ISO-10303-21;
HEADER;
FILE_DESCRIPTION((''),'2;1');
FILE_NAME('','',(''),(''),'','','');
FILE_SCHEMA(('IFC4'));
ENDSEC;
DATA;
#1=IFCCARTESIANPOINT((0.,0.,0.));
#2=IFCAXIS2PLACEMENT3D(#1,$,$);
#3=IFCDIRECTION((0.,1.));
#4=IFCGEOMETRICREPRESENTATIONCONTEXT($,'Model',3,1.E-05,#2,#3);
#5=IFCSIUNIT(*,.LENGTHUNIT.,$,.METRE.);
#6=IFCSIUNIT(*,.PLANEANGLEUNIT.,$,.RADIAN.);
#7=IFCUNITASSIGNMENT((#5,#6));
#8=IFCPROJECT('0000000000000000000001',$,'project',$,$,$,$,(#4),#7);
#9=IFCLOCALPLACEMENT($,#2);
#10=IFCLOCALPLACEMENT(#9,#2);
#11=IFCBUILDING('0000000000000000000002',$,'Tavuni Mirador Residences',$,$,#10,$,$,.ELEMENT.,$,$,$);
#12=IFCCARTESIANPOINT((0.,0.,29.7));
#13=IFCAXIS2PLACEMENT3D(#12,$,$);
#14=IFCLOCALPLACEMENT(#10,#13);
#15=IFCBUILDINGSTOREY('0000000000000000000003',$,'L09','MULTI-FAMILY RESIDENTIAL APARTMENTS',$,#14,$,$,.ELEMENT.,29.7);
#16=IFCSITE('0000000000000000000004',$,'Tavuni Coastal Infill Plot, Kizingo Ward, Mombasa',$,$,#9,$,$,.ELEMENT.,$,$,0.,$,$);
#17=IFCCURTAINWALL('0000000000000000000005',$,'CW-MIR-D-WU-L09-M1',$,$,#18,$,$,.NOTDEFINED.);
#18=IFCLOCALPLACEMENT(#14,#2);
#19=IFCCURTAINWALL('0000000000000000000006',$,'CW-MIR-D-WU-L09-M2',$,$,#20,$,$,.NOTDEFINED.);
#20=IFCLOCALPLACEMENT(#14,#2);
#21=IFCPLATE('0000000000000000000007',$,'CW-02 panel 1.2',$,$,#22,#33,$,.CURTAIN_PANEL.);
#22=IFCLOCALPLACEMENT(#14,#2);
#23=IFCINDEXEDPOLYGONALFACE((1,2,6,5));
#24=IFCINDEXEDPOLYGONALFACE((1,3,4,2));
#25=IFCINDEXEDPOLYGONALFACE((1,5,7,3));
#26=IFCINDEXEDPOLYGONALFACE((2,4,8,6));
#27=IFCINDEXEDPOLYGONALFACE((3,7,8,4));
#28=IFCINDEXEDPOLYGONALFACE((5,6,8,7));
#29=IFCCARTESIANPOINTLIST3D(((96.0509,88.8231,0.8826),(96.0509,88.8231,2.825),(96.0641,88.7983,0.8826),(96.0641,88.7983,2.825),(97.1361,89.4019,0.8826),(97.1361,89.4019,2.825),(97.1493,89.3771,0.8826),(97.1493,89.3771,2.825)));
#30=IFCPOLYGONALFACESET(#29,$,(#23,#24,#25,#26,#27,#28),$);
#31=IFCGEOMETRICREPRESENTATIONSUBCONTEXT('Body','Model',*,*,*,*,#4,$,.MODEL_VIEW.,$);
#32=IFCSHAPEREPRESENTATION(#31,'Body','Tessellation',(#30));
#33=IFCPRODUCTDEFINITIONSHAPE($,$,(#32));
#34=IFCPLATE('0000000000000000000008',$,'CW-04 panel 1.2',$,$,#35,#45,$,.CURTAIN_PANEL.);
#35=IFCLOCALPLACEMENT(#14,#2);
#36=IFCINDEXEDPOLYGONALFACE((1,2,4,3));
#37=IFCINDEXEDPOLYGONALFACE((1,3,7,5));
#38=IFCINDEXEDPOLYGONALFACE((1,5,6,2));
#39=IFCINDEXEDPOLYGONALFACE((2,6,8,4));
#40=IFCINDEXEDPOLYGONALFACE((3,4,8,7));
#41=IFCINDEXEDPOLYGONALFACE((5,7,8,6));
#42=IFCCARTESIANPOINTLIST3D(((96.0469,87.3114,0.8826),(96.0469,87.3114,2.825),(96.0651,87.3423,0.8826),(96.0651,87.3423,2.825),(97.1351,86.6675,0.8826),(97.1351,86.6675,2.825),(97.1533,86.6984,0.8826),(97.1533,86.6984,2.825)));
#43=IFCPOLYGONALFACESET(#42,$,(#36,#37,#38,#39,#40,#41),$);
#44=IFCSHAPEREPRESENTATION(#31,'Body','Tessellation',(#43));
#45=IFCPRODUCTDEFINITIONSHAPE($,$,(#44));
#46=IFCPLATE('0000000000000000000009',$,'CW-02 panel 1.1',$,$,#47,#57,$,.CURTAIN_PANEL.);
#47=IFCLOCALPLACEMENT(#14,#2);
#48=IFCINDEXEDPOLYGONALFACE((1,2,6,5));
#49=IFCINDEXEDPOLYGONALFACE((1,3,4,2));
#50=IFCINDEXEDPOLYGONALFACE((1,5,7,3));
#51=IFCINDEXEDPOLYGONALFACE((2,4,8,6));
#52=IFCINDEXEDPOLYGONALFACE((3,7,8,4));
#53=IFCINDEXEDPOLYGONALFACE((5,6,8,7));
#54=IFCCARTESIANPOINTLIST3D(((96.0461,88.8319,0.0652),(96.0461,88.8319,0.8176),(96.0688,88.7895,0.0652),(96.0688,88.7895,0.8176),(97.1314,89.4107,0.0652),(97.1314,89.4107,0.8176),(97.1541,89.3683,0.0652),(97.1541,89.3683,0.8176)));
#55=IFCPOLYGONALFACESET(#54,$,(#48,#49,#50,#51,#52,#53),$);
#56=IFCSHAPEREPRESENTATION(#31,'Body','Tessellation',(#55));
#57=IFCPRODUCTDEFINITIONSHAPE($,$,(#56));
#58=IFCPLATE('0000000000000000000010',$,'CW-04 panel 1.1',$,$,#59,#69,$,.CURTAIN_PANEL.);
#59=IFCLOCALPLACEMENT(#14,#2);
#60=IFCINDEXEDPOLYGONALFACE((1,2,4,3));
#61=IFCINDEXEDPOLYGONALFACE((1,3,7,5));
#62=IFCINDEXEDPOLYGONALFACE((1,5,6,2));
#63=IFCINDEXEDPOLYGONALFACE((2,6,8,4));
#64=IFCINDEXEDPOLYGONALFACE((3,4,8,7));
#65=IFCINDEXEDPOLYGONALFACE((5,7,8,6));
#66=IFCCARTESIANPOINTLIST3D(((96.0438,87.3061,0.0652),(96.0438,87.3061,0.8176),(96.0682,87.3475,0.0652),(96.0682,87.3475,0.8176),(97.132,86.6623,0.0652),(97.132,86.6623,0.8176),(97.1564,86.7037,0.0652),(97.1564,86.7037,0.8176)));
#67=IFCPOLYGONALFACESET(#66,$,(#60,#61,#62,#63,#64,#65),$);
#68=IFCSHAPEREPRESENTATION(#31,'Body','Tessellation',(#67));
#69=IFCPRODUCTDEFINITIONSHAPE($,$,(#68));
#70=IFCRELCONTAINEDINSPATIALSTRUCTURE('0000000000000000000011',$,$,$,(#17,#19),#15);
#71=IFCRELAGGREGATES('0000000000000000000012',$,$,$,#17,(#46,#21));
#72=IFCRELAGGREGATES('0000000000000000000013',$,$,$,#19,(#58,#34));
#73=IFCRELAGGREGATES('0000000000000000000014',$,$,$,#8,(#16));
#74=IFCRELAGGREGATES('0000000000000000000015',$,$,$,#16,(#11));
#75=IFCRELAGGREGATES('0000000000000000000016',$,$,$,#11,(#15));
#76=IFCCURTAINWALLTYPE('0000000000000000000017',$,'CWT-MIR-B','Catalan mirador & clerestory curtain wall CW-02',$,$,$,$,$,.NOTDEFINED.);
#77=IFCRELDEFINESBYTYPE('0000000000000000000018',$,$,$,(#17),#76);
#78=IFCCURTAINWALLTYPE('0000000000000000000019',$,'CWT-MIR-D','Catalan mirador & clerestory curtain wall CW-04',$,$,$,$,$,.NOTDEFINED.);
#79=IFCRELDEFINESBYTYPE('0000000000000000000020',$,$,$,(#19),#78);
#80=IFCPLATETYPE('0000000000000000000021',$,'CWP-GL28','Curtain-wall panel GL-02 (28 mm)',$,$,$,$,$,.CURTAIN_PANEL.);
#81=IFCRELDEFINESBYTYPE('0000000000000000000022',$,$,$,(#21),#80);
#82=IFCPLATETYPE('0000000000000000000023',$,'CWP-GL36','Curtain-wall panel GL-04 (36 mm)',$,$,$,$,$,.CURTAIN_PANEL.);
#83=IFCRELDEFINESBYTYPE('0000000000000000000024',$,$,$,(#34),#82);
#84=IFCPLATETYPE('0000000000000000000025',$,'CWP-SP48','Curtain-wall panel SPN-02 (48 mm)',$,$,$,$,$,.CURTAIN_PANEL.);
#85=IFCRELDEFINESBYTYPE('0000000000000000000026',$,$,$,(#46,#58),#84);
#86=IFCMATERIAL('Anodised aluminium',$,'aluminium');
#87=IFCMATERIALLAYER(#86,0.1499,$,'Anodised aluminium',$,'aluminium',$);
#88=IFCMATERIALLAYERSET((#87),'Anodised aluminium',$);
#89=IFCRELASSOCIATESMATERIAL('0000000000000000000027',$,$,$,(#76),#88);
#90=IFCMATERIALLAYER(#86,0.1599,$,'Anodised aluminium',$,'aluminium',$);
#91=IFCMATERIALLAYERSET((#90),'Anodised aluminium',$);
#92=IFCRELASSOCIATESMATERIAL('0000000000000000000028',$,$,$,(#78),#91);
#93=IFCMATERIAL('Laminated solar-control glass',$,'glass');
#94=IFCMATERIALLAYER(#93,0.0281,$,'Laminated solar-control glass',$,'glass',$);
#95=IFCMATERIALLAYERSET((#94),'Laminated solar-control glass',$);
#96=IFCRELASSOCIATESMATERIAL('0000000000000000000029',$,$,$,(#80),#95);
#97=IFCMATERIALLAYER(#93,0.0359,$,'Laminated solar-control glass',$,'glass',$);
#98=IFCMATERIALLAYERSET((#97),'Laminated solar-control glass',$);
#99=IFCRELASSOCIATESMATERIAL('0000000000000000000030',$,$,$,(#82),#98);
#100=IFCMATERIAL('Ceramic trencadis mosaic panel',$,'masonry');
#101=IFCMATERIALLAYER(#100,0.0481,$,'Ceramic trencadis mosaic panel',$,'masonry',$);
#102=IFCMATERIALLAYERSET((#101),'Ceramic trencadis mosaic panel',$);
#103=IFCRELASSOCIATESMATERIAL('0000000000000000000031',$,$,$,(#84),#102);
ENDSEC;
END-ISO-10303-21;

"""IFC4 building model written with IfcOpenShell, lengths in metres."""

from ifc_helpers import new_model, si_unit, direction, frame, origin, origin_2d, place, context, subcontext, project, spatial, rectangle, extrude, material, layer, layer_set, type_object, element, aggregate, save


model = new_model("IFC4")

# Units and contexts
model_context = context("Model", 3, precision=1e-05, world=origin(), true_north=direction((0.0, 1.0)))
body_context = subcontext(model_context, "Body", "Model", "MODEL_VIEW")
ifc_project = project(units=[si_unit("LENGTHUNIT", "METRE"), si_unit("PLANEANGLEUNIT", "RADIAN")], contexts=[model_context])

# Site, building, storey
site_placement = place(None, origin())
site = spatial("IfcSite", under=ifc_project, at=site_placement, Name="Tavuni Coastal Infill Plot, Kizingo Ward, Mombasa", CompositionType="ELEMENT", RefElevation=0.0)
building_placement = place(site_placement, origin())
building = spatial("IfcBuilding", under=site, at=building_placement, Name="Tavuni Mirador Residences", CompositionType="ELEMENT")
storey_placement = place(building_placement, frame((0.0, 0.0, 29.7)))
storey = spatial("IfcBuildingStorey", under=building, at=storey_placement, Name="L09", Description="MULTI-FAMILY RESIDENTIAL APARTMENTS", CompositionType="ELEMENT", Elevation=29.7)

# Shared definitions
ifc_material_1 = material(Name="Anodised aluminium", Category="aluminium")

# Curtain wall
ifc_layer_1 = layer(ifc_material_1, 0.1499, Name="Anodised aluminium", Category="aluminium")
ifc_layer_set_1 = layer_set([ifc_layer_1], Name="Anodised aluminium")
curtain_wall_type_1 = type_object("IfcCurtainWallType", Name="CWT-MIR-B", Description="Catalan mirador & clerestory curtain wall CW-02", PredefinedType="NOTDEFINED", material=ifc_layer_set_1)
curtain_wall_1_placement = place(storey_placement, origin())
curtain_wall_1 = element("IfcCurtainWall", 1, at=curtain_wall_1_placement, inside=storey, type_object=curtain_wall_type_1, Name="CW-MIR-D-WU-L09-M1", PredefinedType="NOTDEFINED")

# Curtain wall
ifc_layer_2 = layer(ifc_material_1, 0.1599, Name="Anodised aluminium", Category="aluminium")
ifc_layer_set_2 = layer_set([ifc_layer_2], Name="Anodised aluminium")
curtain_wall_type_2 = type_object("IfcCurtainWallType", Name="CWT-MIR-D", Description="Catalan mirador & clerestory curtain wall CW-04", PredefinedType="NOTDEFINED", material=ifc_layer_set_2)
curtain_wall_2_placement = place(storey_placement, origin())
curtain_wall_2 = element("IfcCurtainWall", 2, at=curtain_wall_2_placement, inside=storey, type_object=curtain_wall_type_2, Name="CW-MIR-D-WU-L09-M2", PredefinedType="NOTDEFINED")

# Plates
ifc_material_2 = material(Name="Laminated solar-control glass", Category="glass")
ifc_layer_3 = layer(ifc_material_2, 0.0281, Name="Laminated solar-control glass", Category="glass")
ifc_layer_set_3 = layer_set([ifc_layer_3], Name="Laminated solar-control glass")
plate_type_1 = type_object("IfcPlateType", Name="CWP-GL28", Description="Curtain-wall panel GL-02 (28 mm)", PredefinedType="CURTAIN_PANEL", material=ifc_layer_set_3)
plate_1_placement = place(storey_placement, frame((96.6001, 89.1001, 0.8826), z_axis=(0.0, 0.0, 1.0), x_axis=(-0.882353, -0.470588, 0.0)))
plate_1 = element("IfcPlate", 3, at=plate_1_placement, type_object=plate_type_1, Name="CW-02 panel 1.2", PredefinedType="CURTAIN_PANEL", context=body_context, shape_type="SweptSolid", body=[
    extrude(rectangle(XDim=1.23, YDim=0.0281, at=origin_2d()), origin(), (0.0, 0.0, 1.0), 1.9424),
])
ifc_layer_4 = layer(ifc_material_2, 0.0359, Name="Laminated solar-control glass", Category="glass")
ifc_layer_set_4 = layer_set([ifc_layer_4], Name="Laminated solar-control glass")
plate_type_2 = type_object("IfcPlateType", Name="CWP-GL36", Description="Curtain-wall panel GL-04 (36 mm)", PredefinedType="CURTAIN_PANEL", material=ifc_layer_set_4)
plate_2_placement = place(storey_placement, frame((96.6001, 87.0049, 0.8826), z_axis=(0.0, 0.0, 1.0), x_axis=(0.860641, -0.509212, 0.0)))
plate_2 = element("IfcPlate", 4, at=plate_2_placement, type_object=plate_type_2, Name="CW-04 panel 1.2", PredefinedType="CURTAIN_PANEL", context=body_context, shape_type="SweptSolid", body=[
    extrude(rectangle(XDim=1.2644, YDim=0.0359, at=origin_2d()), origin(), (0.0, 0.0, 1.0), 1.9424),
])
ifc_material_3 = material(Name="Ceramic trencadis mosaic panel", Category="masonry")
ifc_layer_5 = layer(ifc_material_3, 0.0481, Name="Ceramic trencadis mosaic panel", Category="masonry")
ifc_layer_set_5 = layer_set([ifc_layer_5], Name="Ceramic trencadis mosaic panel")
plate_type_3 = type_object("IfcPlateType", Name="CWP-SP48", Description="Curtain-wall panel SPN-02 (48 mm)", PredefinedType="CURTAIN_PANEL", material=ifc_layer_set_5)
plate_3_placement = place(storey_placement, frame((96.6001, 89.1001, 0.0652), z_axis=(0.0, 0.0, 1.0), x_axis=(-0.882353, -0.470588, 0.0)))
plate_3 = element("IfcPlate", 5, at=plate_3_placement, type_object=plate_type_3, Name="CW-02 panel 1.1", PredefinedType="CURTAIN_PANEL", context=body_context, shape_type="SweptSolid", body=[
    extrude(rectangle(XDim=1.23, YDim=0.0481, at=origin_2d()), origin(), (0.0, 0.0, 1.0), 0.7524),
])
aggregate(curtain_wall_1, [plate_3, plate_1])
plate_4_placement = place(storey_placement, frame((96.6001, 87.0049, 0.0652), z_axis=(0.0, 0.0, 1.0), x_axis=(0.860641, -0.509212, 0.0)))
plate_4 = element("IfcPlate", 6, at=plate_4_placement, type_object=plate_type_3, Name="CW-04 panel 1.1", PredefinedType="CURTAIN_PANEL", context=body_context, shape_type="SweptSolid", body=[
    extrude(rectangle(XDim=1.2644, YDim=0.0481, at=origin_2d()), origin(), (0.0, 0.0, 1.0), 0.7524),
])
aggregate(curtain_wall_2, [plate_4, plate_2])

save(model, "model.ifc")
